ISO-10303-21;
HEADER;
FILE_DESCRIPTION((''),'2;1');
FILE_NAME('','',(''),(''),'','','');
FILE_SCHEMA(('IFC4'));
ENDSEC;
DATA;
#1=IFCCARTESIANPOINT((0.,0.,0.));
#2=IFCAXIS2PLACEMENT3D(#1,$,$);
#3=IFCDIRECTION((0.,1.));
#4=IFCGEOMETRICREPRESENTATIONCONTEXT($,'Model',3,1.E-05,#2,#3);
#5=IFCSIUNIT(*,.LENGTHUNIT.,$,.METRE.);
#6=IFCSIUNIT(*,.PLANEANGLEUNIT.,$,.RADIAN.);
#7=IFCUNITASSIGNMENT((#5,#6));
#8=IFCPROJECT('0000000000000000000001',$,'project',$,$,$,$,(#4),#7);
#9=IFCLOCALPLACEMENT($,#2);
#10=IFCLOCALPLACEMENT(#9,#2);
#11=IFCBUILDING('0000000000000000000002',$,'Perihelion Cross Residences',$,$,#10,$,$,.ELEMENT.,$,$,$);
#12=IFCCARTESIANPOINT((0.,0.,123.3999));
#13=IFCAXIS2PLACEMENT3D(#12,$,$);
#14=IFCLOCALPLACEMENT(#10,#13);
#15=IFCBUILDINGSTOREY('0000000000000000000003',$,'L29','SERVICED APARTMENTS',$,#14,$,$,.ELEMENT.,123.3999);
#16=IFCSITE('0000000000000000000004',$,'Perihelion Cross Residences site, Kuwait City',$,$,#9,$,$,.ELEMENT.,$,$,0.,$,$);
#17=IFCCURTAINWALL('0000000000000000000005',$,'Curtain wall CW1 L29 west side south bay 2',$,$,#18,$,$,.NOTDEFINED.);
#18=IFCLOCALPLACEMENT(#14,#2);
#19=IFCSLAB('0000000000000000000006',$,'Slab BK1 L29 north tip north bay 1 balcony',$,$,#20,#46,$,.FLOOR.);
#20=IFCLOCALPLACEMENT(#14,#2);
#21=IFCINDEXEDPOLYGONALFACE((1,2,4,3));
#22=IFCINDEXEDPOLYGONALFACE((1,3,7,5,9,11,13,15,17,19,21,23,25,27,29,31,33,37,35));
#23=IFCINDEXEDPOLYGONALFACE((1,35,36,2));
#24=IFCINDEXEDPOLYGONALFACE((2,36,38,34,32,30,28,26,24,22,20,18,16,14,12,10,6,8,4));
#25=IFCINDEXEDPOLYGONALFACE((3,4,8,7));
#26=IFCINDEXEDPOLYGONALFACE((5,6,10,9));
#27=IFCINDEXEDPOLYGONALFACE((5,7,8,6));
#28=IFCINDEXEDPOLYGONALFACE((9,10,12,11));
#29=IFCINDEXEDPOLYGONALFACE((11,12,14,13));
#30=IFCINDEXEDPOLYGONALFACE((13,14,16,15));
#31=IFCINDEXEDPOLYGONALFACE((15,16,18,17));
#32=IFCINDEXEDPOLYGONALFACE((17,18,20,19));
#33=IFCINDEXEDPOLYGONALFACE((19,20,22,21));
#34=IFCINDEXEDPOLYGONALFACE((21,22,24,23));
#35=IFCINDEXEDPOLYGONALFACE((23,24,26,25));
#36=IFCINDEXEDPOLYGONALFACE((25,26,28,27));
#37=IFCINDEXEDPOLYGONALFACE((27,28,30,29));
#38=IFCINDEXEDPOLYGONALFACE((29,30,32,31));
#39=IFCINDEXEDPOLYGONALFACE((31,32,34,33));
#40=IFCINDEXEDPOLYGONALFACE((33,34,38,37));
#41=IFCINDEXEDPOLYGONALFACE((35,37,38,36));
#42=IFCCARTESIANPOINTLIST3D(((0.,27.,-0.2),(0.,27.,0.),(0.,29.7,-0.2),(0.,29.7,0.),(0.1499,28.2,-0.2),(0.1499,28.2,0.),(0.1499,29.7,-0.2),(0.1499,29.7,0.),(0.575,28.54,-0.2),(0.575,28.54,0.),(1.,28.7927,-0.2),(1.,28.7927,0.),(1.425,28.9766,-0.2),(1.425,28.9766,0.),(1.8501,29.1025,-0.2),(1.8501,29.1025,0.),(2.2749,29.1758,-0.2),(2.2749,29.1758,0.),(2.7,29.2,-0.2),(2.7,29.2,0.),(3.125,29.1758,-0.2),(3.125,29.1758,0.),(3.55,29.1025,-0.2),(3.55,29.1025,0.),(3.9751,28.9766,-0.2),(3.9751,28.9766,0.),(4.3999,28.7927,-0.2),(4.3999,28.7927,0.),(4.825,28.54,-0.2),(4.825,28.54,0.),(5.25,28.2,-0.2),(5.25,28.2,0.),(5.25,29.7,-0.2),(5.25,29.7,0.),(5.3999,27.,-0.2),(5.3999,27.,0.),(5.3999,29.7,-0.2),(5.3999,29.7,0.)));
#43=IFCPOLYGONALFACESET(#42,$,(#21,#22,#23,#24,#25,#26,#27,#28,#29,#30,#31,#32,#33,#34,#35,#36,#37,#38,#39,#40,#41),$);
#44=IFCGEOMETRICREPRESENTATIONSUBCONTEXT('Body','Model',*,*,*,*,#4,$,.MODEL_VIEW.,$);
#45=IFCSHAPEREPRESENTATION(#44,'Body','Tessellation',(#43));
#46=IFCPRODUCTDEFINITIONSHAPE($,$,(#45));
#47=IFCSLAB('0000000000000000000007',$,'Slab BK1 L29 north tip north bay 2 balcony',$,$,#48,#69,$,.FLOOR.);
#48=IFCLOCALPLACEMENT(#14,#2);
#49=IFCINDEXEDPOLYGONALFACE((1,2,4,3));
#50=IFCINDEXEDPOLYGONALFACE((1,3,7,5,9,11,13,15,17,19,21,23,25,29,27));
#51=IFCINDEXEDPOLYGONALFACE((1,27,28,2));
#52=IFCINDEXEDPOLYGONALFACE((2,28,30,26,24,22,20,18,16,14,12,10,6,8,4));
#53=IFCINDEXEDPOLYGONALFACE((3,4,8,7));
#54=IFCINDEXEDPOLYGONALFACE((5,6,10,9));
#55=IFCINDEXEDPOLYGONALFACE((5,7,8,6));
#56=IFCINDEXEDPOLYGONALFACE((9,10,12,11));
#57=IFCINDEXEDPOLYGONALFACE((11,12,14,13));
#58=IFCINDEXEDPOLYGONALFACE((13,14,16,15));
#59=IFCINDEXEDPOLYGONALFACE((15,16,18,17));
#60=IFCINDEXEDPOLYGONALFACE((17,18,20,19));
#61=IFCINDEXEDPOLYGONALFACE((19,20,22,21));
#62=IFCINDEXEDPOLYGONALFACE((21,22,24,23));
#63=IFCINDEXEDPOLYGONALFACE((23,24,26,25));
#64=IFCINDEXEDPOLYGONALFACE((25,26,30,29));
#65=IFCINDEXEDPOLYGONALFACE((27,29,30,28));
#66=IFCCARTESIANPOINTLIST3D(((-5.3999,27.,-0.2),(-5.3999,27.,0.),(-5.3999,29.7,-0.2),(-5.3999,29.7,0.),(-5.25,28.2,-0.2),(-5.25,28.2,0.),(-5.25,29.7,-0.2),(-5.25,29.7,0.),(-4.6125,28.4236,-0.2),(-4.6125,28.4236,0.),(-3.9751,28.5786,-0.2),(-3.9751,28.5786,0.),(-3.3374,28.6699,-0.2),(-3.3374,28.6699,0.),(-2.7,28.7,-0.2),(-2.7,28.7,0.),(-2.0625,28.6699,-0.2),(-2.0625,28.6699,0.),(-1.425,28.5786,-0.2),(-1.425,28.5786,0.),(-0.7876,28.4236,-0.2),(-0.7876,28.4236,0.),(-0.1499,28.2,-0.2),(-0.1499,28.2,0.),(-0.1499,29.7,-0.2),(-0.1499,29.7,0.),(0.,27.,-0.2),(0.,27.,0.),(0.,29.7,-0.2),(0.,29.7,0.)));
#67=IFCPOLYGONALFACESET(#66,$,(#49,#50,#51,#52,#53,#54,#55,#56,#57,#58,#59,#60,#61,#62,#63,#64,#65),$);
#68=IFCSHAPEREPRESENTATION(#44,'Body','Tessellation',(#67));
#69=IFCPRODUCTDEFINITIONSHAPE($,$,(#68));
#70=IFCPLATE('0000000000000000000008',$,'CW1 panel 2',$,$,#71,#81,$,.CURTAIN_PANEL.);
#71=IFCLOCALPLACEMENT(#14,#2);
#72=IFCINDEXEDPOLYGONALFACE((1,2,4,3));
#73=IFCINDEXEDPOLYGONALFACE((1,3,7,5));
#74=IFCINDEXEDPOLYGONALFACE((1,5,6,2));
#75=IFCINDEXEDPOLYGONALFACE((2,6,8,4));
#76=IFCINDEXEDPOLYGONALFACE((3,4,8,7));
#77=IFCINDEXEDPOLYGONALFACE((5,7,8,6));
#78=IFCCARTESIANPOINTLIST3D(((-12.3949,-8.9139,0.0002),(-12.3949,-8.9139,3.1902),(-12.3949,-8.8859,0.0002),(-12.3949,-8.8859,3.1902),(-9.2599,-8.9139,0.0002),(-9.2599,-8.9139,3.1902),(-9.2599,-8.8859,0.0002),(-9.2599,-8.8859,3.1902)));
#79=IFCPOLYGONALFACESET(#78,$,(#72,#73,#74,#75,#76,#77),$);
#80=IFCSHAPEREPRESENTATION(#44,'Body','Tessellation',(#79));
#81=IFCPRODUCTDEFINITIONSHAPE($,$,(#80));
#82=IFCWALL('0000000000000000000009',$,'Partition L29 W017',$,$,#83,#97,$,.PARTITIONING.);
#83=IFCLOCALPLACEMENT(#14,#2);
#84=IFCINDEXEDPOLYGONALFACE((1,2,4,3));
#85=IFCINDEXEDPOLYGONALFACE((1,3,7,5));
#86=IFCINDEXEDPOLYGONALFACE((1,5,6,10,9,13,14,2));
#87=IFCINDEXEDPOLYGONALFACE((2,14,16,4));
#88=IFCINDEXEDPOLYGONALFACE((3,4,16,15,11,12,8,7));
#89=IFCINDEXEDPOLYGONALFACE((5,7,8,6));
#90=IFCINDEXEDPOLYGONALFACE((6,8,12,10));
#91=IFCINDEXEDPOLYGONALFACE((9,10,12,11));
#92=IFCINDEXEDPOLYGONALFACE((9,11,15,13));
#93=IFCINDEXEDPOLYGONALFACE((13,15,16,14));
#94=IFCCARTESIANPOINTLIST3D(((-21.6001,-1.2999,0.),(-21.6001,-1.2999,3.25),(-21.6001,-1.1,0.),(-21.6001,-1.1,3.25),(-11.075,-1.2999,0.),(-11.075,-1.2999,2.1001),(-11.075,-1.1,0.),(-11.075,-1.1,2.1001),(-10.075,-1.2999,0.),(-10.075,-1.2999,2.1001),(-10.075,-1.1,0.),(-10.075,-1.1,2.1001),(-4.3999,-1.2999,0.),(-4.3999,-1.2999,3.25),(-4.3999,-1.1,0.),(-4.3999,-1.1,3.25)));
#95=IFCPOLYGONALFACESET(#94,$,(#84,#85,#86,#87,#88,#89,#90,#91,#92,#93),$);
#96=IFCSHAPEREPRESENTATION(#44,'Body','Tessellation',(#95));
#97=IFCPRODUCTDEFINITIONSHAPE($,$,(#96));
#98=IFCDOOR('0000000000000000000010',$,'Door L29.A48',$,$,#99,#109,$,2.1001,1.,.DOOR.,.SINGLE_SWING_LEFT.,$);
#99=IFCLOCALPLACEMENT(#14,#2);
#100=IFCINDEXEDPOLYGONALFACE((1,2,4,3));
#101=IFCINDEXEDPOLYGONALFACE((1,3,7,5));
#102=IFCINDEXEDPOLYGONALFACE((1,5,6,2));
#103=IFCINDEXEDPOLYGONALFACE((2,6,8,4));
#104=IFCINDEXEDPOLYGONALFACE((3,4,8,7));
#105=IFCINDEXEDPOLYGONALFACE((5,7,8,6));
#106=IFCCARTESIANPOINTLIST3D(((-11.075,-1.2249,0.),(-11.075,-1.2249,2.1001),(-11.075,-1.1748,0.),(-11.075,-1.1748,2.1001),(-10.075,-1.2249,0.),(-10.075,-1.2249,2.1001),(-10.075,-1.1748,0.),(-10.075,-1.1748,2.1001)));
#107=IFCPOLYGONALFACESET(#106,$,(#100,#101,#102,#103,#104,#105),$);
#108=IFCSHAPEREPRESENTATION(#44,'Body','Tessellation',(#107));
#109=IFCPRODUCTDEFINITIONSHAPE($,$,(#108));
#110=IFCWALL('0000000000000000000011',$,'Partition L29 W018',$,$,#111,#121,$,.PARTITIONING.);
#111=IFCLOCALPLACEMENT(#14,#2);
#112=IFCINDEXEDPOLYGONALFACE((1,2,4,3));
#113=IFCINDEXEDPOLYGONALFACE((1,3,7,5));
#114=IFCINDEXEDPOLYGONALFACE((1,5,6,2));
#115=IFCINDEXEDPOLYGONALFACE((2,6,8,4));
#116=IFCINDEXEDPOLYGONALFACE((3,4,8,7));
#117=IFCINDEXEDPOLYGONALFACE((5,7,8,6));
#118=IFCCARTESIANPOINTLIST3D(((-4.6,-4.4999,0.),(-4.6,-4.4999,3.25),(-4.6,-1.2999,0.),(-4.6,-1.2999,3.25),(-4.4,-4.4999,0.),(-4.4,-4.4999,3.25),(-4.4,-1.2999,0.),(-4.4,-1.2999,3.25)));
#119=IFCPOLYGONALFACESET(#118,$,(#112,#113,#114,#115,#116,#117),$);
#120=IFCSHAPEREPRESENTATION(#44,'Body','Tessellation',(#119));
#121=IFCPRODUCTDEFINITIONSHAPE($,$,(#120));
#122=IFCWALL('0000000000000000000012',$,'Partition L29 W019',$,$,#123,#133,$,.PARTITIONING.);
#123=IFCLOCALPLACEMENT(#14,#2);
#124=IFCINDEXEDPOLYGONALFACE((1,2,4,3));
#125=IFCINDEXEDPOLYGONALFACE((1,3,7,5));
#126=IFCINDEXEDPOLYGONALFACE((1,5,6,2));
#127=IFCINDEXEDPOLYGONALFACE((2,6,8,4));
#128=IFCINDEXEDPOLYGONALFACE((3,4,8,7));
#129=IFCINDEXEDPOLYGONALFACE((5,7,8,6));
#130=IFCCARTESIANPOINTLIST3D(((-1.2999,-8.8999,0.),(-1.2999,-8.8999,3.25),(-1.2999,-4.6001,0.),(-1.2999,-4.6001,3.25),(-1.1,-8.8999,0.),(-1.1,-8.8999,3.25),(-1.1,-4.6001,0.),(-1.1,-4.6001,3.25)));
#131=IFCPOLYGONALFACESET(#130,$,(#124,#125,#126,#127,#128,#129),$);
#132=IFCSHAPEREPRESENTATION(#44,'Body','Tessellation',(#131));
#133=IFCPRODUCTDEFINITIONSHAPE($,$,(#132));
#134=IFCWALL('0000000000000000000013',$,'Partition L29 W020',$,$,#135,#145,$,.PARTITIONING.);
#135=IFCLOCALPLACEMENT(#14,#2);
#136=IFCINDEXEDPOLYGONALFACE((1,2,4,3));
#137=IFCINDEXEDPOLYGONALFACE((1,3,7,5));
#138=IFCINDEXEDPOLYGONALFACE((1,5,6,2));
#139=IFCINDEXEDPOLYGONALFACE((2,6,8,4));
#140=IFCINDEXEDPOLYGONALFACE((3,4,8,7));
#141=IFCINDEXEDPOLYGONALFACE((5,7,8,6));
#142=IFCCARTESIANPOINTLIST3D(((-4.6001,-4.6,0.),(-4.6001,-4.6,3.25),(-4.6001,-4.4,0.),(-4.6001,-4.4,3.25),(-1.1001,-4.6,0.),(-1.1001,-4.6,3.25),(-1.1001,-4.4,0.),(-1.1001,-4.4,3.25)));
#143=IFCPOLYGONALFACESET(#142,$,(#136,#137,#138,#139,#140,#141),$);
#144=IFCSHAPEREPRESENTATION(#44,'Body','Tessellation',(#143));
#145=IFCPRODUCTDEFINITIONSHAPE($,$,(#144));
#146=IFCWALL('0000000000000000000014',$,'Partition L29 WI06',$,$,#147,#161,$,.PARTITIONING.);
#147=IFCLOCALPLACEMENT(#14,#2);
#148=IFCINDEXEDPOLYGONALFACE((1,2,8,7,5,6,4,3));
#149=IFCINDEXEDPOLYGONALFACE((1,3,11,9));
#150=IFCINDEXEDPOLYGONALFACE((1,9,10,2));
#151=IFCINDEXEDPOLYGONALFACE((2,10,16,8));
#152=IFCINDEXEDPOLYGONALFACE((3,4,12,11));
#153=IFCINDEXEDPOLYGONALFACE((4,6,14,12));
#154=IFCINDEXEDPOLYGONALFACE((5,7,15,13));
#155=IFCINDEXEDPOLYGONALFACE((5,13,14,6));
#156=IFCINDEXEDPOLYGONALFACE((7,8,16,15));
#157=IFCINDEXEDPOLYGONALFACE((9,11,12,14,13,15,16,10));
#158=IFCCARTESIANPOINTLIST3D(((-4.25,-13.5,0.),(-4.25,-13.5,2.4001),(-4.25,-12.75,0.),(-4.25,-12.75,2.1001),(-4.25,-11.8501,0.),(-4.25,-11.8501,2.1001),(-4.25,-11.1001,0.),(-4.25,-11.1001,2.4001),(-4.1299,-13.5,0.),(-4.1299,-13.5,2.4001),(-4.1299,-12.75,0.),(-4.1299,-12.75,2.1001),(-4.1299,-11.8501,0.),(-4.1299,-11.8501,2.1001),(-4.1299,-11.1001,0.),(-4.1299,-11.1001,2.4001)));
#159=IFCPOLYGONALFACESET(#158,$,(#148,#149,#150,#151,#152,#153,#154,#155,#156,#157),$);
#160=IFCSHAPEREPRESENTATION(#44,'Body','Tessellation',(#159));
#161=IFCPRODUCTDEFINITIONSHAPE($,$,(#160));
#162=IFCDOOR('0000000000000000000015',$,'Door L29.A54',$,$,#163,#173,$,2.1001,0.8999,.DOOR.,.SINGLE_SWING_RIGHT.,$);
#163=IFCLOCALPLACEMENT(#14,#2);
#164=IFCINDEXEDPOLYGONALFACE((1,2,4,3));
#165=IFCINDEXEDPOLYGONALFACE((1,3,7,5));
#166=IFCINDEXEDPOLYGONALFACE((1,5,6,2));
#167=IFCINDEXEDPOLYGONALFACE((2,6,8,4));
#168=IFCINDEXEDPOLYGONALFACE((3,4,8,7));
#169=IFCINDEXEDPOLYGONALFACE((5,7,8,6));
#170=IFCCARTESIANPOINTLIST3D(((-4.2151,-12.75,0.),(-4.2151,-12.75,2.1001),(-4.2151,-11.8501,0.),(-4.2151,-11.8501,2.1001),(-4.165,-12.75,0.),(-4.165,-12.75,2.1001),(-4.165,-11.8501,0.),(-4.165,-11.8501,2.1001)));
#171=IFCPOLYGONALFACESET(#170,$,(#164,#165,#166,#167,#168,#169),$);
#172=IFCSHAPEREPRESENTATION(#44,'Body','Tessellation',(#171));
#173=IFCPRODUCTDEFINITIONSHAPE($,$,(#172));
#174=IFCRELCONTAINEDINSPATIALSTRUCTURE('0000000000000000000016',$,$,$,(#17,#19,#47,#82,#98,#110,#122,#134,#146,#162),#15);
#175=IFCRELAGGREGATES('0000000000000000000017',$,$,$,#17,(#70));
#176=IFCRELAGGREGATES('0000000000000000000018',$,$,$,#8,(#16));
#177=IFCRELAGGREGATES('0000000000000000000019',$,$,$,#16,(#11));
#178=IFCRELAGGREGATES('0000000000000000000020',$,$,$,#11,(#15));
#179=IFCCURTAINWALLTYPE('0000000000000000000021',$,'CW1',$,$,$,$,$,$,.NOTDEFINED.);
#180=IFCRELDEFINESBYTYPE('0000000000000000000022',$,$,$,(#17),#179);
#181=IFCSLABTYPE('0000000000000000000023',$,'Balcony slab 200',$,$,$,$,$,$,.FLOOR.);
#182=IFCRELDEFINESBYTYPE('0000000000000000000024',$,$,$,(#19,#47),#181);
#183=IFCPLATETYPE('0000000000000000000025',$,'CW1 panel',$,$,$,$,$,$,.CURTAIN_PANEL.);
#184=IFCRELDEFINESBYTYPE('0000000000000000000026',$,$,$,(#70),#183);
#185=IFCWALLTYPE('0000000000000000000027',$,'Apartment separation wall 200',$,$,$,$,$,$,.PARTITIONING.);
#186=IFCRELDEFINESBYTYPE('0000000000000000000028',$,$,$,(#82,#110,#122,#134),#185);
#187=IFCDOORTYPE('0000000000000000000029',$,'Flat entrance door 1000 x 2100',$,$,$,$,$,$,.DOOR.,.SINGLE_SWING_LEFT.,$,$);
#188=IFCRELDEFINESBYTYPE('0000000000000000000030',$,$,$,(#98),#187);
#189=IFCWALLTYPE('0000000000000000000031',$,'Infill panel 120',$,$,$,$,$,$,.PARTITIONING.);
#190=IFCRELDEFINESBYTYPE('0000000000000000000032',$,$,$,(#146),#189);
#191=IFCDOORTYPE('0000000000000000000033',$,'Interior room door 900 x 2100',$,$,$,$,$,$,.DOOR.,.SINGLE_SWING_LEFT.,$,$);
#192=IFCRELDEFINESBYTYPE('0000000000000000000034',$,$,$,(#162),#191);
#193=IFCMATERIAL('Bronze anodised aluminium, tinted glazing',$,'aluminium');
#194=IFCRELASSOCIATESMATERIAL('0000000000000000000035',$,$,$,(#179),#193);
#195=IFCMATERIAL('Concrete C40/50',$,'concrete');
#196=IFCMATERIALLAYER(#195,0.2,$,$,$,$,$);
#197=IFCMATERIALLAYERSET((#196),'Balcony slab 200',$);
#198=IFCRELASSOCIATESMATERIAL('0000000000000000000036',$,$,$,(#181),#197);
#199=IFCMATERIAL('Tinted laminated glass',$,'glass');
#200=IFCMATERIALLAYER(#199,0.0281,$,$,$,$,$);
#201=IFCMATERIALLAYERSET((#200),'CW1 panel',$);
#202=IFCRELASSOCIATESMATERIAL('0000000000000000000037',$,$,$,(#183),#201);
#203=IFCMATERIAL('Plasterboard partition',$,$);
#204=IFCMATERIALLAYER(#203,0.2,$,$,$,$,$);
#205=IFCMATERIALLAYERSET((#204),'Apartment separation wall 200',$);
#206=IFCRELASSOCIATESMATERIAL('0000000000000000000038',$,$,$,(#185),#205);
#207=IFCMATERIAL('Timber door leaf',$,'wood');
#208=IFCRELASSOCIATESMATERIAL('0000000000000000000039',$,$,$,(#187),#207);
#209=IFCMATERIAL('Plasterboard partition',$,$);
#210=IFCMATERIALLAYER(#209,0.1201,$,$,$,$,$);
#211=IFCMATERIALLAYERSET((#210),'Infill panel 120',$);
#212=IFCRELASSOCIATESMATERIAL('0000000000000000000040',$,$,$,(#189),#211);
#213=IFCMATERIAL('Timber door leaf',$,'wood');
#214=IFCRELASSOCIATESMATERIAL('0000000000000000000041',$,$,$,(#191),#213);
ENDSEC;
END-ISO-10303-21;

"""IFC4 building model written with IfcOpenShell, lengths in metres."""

from ifc_helpers import new_model, si_unit, direction, frame, frame_2d, origin, origin_2d, place, context, subcontext, project, spatial, polyline, rectangle, outline, extrude, material, layer, layer_set, type_object, element, fill, aggregate, save


model = new_model("IFC4")

# Units and contexts
model_context = context("Model", 3, precision=1e-05, world=origin(), true_north=direction((0.0, 1.0)))
body_context = subcontext(model_context, "Body", "Model", "MODEL_VIEW")
ifc_project = project(units=[si_unit("LENGTHUNIT", "METRE"), si_unit("PLANEANGLEUNIT", "RADIAN")], contexts=[model_context])

# Site, building, storey
site_placement = place(None, origin())
site = spatial("IfcSite", under=ifc_project, at=site_placement, Name="Perihelion Cross Residences site, Kuwait City", CompositionType="ELEMENT", RefElevation=0.0)
building_placement = place(site_placement, origin())
building = spatial("IfcBuilding", under=site, at=building_placement, Name="Perihelion Cross Residences", CompositionType="ELEMENT")
storey_placement = place(building_placement, frame((0.0, 0.0, 123.3999)))
storey = spatial("IfcBuildingStorey", under=building, at=storey_placement, Name="L29", Description="SERVICED APARTMENTS", CompositionType="ELEMENT", Elevation=123.3999)

# Curtain wall
ifc_material_1 = material(Name="Bronze anodised aluminium, tinted glazing", Category="aluminium")
curtain_wall_type = type_object("IfcCurtainWallType", Name="CW1", PredefinedType="NOTDEFINED", material=ifc_material_1)
curtain_wall_1_placement = place(storey_placement, origin())
curtain_wall_1 = element("IfcCurtainWall", 1, at=curtain_wall_1_placement, inside=storey, type_object=curtain_wall_type, Name="Curtain wall CW1 L29 west side south bay 2", PredefinedType="NOTDEFINED")

# Slabs
ifc_material_2 = material(Name="Concrete C40/50", Category="concrete")
ifc_layer_1 = layer(ifc_material_2, 0.2)
ifc_layer_set_1 = layer_set([ifc_layer_1], Name="Balcony slab 200")
slab_type_1 = type_object("IfcSlabType", Name="Balcony slab 200", PredefinedType="FLOOR", material=ifc_layer_set_1)
slab_1_placement = place(storey_placement, frame((0.0, 0.0, -0.2)))
element("IfcSlab", 2, at=slab_1_placement, inside=storey, type_object=slab_type_1, Name="Slab BK1 L29 north tip north bay 1 balcony", PredefinedType="FLOOR", context=body_context, shape_type="SweptSolid", body=[
    extrude(outline(polyline([(5.3999, 27.0), (0.0, 27.0), (0.0, 29.7), (0.1499, 29.7), (0.1499, 28.2), (0.575, 28.54), (1.0, 28.7927), (1.425, 28.9766), (1.8501, 29.1025), (2.2749, 29.1758), (2.7, 29.2), (3.125, 29.1758), (3.55, 29.1025), (3.9751, 28.9766), (4.3999, 28.7927), (4.825, 28.54), (5.25, 28.2), (5.25, 29.7), (5.3999, 29.7), (5.3999, 27.0)])), origin(), (0.0, 0.0, 1.0), 0.2),
])
slab_2_placement = place(storey_placement, frame((0.0, 0.0, -0.2)))
element("IfcSlab", 3, at=slab_2_placement, inside=storey, type_object=slab_type_1, Name="Slab BK1 L29 north tip north bay 2 balcony", PredefinedType="FLOOR", context=body_context, shape_type="SweptSolid", body=[
    extrude(outline(polyline([(0.0, 27.0), (-5.3999, 27.0), (-5.3999, 29.7), (-5.25, 29.7), (-5.25, 28.2), (-4.6125, 28.4236), (-3.9751, 28.5786), (-3.3374, 28.6699), (-2.7, 28.7), (-2.0625, 28.6699), (-1.425, 28.5786), (-0.7876, 28.4236), (-0.1499, 28.2), (-0.1499, 29.7), (0.0, 29.7), (0.0, 27.0)])), origin(), (0.0, 0.0, 1.0), 0.2),
])

# Plate
ifc_material_3 = material(Name="Tinted laminated glass", Category="glass")
ifc_layer_2 = layer(ifc_material_3, 0.0281)
ifc_layer_set_2 = layer_set([ifc_layer_2], Name="CW1 panel")
plate_type = type_object("IfcPlateType", Name="CW1 panel", PredefinedType="CURTAIN_PANEL", material=ifc_layer_set_2)
plate_placement = place(storey_placement, frame((-10.8274, -8.8999, 0.0002), z_axis=(0.0, 0.0, 1.0), x_axis=(1.0, 0.0, 0.0)))
plate = element("IfcPlate", 4, at=plate_placement, type_object=plate_type, Name="CW1 panel 2", PredefinedType="CURTAIN_PANEL", context=body_context, shape_type="SweptSolid", body=[
    extrude(rectangle(XDim=3.135, YDim=0.0281, at=origin_2d()), origin(), (0.0, 0.0, 1.0), 3.1899),
])
aggregate(curtain_wall_1, [plate])

# Wall, opening, door
ifc_material_4 = material(Name="Plasterboard partition")
ifc_layer_3 = layer(ifc_material_4, 0.2)
ifc_layer_set_3 = layer_set([ifc_layer_3], Name="Apartment separation wall 200")
wall_type_1 = type_object("IfcWallType", Name="Apartment separation wall 200", PredefinedType="PARTITIONING", material=ifc_layer_set_3)
wall_1_placement = place(storey_placement, frame((-4.3999, -1.2, 0.0), z_axis=(0.0, 0.0, 1.0), x_axis=(-1.0, 0.0, 0.0)))
wall_1 = element("IfcWall", 5, at=wall_1_placement, inside=storey, type_object=wall_type_1, Name="Partition L29 W017", PredefinedType="PARTITIONING", context=body_context, shape_type="SweptSolid", body=[
    extrude(rectangle(XDim=17.2002, YDim=0.2, at=frame_2d((8.6001, 0.0))), origin(), (0.0, 0.0, 1.0), 3.25),
])
opening_1_placement = place(wall_1_placement, frame((5.675, 0.0, 0.0)))
opening_1 = element("IfcOpeningElement", 6, at=opening_1_placement, cuts=wall_1, PredefinedType="OPENING", context=body_context, shape_type="SweptSolid", body=[
    extrude(rectangle(XDim=1.0, YDim=2.1001, at=frame_2d((0.5, 1.05))), frame((0.0, 0.1099, 0.0), z_axis=(0.0, -1.0, 0.0), x_axis=(1.0, 0.0, 0.0)), (0.0, 0.0, 1.0), 0.22),
])
ifc_material_5 = material(Name="Timber door leaf", Category="wood")
door_type_1 = type_object("IfcDoorType", Name="Flat entrance door 1000 x 2100", OperationType="SINGLE_SWING_LEFT", PredefinedType="DOOR", material=ifc_material_5)
door_1_placement = place(opening_1_placement, origin())
door_1 = element("IfcDoor", 7, at=door_1_placement, inside=storey, type_object=door_type_1, Name="Door L29.A48", OperationType="SINGLE_SWING_LEFT", OverallHeight=2.1001, OverallWidth=1.0, PredefinedType="DOOR", context=body_context, shape_type="SweptSolid", body=[
    extrude(rectangle(XDim=1.0, YDim=2.1001, at=frame_2d((0.5, 1.05))), frame((0.0, 0.0249, 0.0), z_axis=(0.0, -1.0, 0.0), x_axis=(1.0, 0.0, 0.0)), (0.0, 0.0, 1.0), 0.05),
])
fill(opening_1, door_1)

# Walls
wall_2_placement = place(storey_placement, frame((-4.5, -4.5, 0.0), z_axis=(0.0, 0.0, 1.0), x_axis=(0.0, 1.0, 0.0)))
element("IfcWall", 8, at=wall_2_placement, inside=storey, type_object=wall_type_1, Name="Partition L29 W018", PredefinedType="PARTITIONING", context=body_context, shape_type="SweptSolid", body=[
    extrude(rectangle(XDim=3.2, YDim=0.2, at=frame_2d((1.6001, 0.0))), origin(), (0.0, 0.0, 1.0), 3.25),
])
wall_3_placement = place(storey_placement, frame((-1.2, -8.8999, 0.0), z_axis=(0.0, 0.0, 1.0), x_axis=(0.0, 1.0, 0.0)))
element("IfcWall", 9, at=wall_3_placement, inside=storey, type_object=wall_type_1, Name="Partition L29 W019", PredefinedType="PARTITIONING", context=body_context, shape_type="SweptSolid", body=[
    extrude(rectangle(XDim=4.2998, YDim=0.2, at=frame_2d((2.1499, 0.0))), origin(), (0.0, 0.0, 1.0), 3.25),
])
wall_4_placement = place(storey_placement, frame((-1.1001, -4.5, 0.0), z_axis=(0.0, 0.0, 1.0), x_axis=(-1.0, 0.0, 0.0)))
element("IfcWall", 10, at=wall_4_placement, inside=storey, type_object=wall_type_1, Name="Partition L29 W020", PredefinedType="PARTITIONING", context=body_context, shape_type="SweptSolid", body=[
    extrude(rectangle(XDim=3.5, YDim=0.2, at=frame_2d((1.75, 0.0))), origin(), (0.0, 0.0, 1.0), 3.25),
])

# Wall, opening, door
ifc_material_6 = material(Name="Plasterboard partition")
ifc_layer_4 = layer(ifc_material_6, 0.1201)
ifc_layer_set_4 = layer_set([ifc_layer_4], Name="Infill panel 120")
wall_type_2 = type_object("IfcWallType", Name="Infill panel 120", PredefinedType="PARTITIONING", material=ifc_layer_set_4)
wall_5_placement = place(storey_placement, frame((-4.1899, -11.1001, 0.0), z_axis=(0.0, 0.0, 1.0), x_axis=(0.0, -1.0, 0.0)))
wall_5 = element("IfcWall", 11, at=wall_5_placement, inside=storey, type_object=wall_type_2, Name="Partition L29 WI06", PredefinedType="PARTITIONING", context=body_context, shape_type="SweptSolid", body=[
    extrude(rectangle(XDim=2.3999, YDim=0.1201, at=frame_2d((1.2, 0.0))), origin(), (0.0, 0.0, 1.0), 2.4001),
])
opening_2_placement = place(wall_5_placement, frame((0.75, 0.0, 0.0)))
opening_2 = element("IfcOpeningElement", 12, at=opening_2_placement, cuts=wall_5, PredefinedType="OPENING", context=body_context, shape_type="SweptSolid", body=[
    extrude(rectangle(XDim=0.8999, YDim=2.1001, at=frame_2d((0.45, 1.05))), frame((0.0, 0.0701, 0.0), z_axis=(0.0, -1.0, 0.0), x_axis=(1.0, 0.0, 0.0)), (0.0, 0.0, 1.0), 0.1401),
])
ifc_material_7 = material(Name="Timber door leaf", Category="wood")
door_type_2 = type_object("IfcDoorType", Name="Interior room door 900 x 2100", OperationType="SINGLE_SWING_LEFT", PredefinedType="DOOR", material=ifc_material_7)
door_2_placement = place(opening_2_placement, origin())
door_2 = element("IfcDoor", 13, at=door_2_placement, inside=storey, type_object=door_type_2, Name="Door L29.A54", OperationType="SINGLE_SWING_RIGHT", OverallHeight=2.1001, OverallWidth=0.8999, PredefinedType="DOOR", context=body_context, shape_type="SweptSolid", body=[
    extrude(rectangle(XDim=0.8999, YDim=2.1001, at=frame_2d((0.45, 1.05))), frame((0.0, 0.0249, 0.0), z_axis=(0.0, -1.0, 0.0), x_axis=(1.0, 0.0, 0.0)), (0.0, 0.0, 1.0), 0.05),
])
fill(opening_2, door_2)

save(model, "model.ifc")
